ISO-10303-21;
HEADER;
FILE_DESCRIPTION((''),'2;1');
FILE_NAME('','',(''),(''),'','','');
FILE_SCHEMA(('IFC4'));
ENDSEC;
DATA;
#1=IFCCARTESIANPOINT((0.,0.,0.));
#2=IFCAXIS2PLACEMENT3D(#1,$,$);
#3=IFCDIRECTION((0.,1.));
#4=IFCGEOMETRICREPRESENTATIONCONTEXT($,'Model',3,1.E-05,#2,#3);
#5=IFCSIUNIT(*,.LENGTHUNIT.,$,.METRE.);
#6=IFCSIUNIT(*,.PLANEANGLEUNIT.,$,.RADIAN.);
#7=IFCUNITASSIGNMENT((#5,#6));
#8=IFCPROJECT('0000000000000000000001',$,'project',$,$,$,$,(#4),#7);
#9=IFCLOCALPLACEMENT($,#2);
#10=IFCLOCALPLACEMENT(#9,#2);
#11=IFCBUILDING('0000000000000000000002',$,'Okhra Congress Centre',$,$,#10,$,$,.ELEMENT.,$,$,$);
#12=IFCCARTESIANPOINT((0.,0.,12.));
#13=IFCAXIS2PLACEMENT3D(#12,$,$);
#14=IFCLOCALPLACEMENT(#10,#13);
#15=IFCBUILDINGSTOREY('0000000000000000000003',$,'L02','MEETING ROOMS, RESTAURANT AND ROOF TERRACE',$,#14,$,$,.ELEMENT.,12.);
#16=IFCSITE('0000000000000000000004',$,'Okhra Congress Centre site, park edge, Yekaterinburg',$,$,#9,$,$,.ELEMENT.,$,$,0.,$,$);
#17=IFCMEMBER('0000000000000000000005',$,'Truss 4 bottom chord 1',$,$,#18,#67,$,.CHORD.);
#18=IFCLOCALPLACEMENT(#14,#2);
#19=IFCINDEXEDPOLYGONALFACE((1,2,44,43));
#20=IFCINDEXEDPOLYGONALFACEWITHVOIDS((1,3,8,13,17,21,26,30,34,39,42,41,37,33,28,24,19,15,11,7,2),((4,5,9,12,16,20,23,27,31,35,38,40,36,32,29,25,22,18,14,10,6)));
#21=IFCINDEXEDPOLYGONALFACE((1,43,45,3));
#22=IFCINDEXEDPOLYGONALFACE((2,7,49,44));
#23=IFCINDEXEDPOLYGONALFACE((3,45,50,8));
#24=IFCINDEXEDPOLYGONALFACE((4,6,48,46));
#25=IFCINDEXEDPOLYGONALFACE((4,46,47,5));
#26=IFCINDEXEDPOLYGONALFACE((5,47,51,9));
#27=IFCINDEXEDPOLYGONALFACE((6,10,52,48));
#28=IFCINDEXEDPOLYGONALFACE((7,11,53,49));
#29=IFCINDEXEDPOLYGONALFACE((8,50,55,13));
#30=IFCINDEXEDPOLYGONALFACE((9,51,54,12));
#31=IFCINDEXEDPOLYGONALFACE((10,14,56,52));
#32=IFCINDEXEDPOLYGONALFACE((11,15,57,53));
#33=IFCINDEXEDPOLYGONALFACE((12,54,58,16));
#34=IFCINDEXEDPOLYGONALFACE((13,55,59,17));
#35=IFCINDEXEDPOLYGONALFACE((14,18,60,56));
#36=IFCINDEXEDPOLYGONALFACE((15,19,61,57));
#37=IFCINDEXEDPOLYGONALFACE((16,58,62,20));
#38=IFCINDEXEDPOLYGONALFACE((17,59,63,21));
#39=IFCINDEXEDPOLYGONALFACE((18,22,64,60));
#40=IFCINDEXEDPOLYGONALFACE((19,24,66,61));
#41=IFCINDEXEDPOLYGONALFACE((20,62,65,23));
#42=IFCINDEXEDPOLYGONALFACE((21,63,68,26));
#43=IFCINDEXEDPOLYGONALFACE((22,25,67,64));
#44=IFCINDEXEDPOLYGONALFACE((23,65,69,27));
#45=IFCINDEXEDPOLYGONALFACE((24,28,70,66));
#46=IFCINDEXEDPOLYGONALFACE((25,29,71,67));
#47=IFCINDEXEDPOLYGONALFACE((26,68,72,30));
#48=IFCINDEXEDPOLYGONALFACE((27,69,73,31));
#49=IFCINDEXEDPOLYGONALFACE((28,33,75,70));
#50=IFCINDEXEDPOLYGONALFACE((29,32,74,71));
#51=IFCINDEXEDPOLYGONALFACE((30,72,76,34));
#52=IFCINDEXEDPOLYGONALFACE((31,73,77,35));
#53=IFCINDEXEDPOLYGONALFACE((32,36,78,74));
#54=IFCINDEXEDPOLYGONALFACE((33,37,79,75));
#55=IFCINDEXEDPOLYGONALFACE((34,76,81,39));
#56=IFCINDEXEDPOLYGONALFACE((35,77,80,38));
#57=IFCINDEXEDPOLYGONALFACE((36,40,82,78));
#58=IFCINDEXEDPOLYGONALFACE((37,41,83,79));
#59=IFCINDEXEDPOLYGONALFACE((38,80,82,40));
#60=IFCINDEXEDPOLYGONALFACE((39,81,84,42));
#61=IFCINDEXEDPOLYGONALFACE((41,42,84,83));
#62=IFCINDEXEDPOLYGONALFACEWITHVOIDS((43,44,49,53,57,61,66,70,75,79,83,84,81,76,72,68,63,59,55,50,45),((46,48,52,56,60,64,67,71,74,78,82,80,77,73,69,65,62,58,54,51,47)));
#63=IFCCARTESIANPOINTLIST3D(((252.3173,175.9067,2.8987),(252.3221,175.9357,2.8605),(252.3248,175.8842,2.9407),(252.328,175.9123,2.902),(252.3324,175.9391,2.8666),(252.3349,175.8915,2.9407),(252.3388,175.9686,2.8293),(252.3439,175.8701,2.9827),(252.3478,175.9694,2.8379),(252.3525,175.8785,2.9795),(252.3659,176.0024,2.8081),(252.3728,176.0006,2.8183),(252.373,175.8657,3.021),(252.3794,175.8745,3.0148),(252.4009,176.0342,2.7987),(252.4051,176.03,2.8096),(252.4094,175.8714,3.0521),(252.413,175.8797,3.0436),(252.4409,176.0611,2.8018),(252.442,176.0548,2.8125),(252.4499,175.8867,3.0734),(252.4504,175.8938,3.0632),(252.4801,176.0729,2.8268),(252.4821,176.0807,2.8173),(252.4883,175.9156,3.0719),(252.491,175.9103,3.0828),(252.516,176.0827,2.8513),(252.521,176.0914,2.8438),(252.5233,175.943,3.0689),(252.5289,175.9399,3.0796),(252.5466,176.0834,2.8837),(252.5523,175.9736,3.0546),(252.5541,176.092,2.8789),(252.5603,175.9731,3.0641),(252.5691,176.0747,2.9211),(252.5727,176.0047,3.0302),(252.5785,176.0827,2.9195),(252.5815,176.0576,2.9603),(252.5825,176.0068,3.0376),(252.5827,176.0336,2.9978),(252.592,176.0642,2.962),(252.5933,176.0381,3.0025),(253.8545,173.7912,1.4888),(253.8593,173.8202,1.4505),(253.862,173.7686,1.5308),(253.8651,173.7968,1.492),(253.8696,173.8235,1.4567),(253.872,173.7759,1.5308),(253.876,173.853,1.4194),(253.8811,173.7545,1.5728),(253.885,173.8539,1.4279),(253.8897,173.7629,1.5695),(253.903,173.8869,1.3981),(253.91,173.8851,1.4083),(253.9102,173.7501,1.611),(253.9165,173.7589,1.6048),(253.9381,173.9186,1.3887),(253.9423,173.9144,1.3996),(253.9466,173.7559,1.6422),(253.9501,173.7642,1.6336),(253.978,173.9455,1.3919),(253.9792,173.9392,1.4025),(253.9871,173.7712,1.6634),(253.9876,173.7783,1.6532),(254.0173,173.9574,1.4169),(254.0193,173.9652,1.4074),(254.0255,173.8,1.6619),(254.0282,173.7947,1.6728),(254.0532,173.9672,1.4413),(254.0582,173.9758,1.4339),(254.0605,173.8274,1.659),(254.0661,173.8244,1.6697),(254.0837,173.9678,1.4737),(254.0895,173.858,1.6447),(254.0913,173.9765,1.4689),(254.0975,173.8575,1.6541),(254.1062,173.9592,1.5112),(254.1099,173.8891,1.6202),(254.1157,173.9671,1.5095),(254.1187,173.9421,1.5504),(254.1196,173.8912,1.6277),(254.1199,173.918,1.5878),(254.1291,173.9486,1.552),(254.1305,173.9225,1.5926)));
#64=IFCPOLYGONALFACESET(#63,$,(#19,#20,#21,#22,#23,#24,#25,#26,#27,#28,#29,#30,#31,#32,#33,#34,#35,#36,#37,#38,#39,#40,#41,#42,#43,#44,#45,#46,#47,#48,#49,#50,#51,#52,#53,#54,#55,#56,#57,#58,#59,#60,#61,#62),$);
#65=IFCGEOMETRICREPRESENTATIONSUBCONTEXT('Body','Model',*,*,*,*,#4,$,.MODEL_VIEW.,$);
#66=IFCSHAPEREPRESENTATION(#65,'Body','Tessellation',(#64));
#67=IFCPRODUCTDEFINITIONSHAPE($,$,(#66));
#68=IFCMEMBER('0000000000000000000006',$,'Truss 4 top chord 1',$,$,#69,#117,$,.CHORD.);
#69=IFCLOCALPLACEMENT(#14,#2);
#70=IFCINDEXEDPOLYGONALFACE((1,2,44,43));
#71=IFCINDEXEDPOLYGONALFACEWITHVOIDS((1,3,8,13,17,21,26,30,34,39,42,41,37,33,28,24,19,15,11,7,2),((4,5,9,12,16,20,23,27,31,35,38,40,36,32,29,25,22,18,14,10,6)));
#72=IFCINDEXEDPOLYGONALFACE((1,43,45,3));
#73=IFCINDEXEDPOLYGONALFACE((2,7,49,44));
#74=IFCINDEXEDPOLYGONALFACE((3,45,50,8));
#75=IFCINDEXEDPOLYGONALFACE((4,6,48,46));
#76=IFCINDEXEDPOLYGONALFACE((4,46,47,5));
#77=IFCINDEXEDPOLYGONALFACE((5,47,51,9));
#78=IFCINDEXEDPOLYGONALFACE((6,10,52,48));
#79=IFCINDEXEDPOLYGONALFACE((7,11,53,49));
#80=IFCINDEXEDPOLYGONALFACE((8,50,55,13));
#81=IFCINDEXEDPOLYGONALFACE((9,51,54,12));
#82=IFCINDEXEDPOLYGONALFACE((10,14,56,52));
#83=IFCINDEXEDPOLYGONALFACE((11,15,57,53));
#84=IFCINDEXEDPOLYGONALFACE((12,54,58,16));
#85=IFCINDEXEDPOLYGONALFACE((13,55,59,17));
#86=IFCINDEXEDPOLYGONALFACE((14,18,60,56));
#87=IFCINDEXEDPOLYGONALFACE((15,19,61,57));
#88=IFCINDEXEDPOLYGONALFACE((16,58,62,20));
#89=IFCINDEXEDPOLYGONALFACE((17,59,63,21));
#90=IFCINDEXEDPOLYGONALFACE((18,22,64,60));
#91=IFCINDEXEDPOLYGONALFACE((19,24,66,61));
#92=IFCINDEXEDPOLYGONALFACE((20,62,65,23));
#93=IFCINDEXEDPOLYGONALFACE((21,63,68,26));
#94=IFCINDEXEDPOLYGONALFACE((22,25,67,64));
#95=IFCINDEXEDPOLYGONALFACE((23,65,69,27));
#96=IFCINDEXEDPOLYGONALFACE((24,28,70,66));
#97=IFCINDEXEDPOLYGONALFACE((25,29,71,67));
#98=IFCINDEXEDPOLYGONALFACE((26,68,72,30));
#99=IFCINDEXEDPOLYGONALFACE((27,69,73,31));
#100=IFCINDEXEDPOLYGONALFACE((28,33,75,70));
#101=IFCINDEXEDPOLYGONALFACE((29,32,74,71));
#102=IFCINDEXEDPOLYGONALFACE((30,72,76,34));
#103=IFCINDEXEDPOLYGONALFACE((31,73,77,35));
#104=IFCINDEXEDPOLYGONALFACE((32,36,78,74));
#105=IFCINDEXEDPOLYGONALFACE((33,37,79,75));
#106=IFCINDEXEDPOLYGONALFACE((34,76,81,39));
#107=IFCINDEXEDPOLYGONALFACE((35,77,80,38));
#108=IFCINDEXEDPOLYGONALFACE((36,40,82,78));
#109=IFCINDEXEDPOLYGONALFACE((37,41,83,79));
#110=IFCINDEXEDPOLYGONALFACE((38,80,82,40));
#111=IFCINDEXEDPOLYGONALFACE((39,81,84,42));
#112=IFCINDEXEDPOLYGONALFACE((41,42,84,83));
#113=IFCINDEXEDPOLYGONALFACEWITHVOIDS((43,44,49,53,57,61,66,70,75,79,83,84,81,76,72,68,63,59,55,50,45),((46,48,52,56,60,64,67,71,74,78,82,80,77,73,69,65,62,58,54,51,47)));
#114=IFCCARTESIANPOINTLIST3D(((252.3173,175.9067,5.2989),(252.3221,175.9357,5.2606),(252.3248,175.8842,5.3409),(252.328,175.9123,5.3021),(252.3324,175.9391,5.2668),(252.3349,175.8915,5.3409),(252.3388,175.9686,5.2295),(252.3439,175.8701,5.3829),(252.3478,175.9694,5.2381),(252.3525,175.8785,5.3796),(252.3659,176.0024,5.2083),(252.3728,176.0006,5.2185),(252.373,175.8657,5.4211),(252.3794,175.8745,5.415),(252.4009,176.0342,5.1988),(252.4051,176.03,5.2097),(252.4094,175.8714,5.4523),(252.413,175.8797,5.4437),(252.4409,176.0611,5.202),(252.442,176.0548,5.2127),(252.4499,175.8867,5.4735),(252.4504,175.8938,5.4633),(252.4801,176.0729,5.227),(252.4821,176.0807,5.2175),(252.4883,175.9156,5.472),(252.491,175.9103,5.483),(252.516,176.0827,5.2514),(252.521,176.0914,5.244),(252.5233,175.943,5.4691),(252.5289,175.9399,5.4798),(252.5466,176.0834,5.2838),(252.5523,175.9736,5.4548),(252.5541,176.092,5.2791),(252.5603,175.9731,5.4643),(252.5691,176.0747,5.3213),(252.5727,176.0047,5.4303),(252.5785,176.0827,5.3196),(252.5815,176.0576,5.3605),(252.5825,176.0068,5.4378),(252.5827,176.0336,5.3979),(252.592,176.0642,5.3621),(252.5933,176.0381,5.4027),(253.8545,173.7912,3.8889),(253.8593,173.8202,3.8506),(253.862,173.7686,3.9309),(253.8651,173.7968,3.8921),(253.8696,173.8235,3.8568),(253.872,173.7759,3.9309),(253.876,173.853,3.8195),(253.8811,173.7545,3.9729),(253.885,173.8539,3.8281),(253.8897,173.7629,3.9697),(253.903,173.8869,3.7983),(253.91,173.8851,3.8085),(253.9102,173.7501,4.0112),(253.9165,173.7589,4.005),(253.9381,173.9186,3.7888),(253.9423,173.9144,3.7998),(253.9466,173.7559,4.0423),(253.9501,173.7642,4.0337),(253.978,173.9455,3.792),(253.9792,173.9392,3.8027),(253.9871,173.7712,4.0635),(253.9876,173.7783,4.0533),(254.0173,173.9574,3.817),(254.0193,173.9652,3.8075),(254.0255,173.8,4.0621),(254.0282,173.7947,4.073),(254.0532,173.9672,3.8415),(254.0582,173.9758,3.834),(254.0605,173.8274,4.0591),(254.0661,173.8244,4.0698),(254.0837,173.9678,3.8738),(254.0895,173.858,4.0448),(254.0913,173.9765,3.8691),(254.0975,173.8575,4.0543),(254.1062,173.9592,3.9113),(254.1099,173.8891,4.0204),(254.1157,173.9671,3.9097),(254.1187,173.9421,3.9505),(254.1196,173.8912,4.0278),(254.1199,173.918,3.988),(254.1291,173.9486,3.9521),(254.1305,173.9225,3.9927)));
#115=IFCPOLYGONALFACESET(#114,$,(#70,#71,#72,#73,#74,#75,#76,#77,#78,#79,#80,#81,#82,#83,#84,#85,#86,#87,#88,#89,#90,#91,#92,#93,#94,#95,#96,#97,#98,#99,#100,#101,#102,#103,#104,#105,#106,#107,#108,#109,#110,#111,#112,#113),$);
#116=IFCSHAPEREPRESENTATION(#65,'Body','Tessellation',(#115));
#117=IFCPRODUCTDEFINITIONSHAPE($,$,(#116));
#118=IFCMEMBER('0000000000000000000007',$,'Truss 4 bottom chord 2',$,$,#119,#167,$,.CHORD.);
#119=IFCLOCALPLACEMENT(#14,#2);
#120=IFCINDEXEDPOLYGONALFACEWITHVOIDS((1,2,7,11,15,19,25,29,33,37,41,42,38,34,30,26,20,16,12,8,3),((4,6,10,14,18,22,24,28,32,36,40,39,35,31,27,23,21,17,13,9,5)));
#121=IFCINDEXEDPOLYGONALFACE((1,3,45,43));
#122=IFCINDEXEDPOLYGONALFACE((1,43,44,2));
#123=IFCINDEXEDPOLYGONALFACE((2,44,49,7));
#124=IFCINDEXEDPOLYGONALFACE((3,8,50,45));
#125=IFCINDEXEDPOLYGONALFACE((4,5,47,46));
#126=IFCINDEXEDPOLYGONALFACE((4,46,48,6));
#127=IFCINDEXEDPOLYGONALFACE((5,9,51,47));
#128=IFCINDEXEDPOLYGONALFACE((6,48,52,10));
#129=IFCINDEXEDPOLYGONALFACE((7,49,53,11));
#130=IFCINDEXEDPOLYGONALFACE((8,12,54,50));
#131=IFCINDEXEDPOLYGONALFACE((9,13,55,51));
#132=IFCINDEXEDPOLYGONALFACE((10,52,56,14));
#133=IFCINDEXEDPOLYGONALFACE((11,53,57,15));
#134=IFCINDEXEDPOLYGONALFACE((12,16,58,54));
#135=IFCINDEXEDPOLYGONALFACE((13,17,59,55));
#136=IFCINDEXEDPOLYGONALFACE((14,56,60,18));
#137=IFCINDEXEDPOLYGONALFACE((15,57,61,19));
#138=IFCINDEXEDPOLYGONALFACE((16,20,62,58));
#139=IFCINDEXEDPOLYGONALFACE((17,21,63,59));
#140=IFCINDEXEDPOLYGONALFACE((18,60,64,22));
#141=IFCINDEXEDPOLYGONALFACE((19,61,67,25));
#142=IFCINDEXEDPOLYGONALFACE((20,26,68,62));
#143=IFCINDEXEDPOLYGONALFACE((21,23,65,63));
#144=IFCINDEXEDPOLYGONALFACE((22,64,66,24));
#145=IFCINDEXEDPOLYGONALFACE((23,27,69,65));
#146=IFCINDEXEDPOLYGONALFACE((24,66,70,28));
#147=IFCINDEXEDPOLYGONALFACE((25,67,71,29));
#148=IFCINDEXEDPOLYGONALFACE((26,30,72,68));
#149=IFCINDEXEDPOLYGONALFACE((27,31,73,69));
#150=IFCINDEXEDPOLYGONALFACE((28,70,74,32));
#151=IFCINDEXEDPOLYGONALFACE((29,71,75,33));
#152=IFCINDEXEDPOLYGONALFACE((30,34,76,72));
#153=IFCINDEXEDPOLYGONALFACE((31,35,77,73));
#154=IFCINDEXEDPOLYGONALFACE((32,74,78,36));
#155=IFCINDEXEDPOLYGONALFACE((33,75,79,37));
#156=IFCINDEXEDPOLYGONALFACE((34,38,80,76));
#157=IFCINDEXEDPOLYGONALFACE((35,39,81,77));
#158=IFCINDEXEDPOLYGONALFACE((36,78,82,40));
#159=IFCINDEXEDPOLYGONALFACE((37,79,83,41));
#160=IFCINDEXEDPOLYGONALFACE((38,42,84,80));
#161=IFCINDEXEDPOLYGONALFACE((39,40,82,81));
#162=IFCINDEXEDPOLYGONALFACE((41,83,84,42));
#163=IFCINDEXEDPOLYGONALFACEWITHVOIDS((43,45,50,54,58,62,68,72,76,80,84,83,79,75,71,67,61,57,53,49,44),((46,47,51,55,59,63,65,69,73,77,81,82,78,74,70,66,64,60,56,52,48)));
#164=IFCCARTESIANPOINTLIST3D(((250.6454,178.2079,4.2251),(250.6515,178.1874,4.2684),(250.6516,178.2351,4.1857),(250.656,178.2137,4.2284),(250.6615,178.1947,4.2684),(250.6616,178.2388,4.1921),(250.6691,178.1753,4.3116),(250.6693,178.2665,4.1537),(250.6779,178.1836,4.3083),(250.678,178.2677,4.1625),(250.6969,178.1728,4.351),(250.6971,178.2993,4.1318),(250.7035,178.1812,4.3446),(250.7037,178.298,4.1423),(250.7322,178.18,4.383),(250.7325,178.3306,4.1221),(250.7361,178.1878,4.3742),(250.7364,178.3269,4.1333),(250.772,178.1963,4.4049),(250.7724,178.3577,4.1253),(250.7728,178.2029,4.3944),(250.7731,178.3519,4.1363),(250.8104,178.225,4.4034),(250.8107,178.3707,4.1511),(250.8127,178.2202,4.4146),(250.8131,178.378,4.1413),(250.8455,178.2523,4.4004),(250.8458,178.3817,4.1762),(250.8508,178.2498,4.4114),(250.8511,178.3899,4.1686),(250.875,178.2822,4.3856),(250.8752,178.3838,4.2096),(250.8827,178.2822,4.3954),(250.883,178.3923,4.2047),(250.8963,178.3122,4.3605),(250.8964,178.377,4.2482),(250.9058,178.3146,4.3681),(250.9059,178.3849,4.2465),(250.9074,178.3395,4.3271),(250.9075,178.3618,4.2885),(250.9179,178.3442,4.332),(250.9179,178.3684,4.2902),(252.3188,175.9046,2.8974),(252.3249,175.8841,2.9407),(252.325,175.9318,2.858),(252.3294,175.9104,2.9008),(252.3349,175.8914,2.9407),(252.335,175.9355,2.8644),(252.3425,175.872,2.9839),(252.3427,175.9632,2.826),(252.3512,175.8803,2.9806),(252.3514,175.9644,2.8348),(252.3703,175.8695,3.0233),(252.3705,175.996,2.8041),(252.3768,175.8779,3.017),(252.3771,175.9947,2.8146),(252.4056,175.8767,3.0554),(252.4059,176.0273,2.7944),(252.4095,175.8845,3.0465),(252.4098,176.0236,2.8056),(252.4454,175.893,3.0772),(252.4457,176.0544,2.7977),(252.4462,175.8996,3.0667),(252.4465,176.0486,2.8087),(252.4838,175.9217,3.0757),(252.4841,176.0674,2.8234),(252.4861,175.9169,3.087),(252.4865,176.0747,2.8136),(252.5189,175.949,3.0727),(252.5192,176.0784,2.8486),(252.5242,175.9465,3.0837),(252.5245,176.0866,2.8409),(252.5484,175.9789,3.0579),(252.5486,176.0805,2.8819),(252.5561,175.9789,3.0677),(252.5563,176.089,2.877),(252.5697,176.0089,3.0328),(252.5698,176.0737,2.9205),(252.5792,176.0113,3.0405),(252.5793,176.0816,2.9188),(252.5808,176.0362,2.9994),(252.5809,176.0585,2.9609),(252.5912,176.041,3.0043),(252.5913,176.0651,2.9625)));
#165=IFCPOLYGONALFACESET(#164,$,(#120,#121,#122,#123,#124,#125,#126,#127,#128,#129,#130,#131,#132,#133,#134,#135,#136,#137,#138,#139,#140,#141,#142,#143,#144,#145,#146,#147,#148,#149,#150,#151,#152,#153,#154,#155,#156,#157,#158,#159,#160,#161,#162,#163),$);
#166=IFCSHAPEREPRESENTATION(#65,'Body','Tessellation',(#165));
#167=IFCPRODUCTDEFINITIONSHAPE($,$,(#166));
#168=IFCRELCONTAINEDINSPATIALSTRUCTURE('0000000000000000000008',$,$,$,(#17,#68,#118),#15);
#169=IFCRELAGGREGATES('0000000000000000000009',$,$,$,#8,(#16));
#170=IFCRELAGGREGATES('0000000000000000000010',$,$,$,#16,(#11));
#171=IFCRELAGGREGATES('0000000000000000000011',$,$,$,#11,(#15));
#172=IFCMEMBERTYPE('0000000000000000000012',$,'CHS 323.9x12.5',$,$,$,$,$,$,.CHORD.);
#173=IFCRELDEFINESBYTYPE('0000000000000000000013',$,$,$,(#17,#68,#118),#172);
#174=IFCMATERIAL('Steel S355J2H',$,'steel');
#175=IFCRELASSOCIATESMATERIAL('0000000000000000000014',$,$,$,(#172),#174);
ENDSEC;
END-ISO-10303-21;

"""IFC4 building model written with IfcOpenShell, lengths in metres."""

from ifc_helpers import new_model, si_unit, direction, frame, origin, origin_2d, place, context, subcontext, project, spatial, hollow_circle, extrude, material, material_profile, profile_set, type_object, element, save


model = new_model("IFC4")

# Units and contexts
model_context = context("Model", 3, precision=1e-05, world=origin(), true_north=direction((0.0, 1.0)))
body_context = subcontext(model_context, "Body", "Model", "MODEL_VIEW")
ifc_project = project(units=[si_unit("LENGTHUNIT", "METRE"), si_unit("PLANEANGLEUNIT", "RADIAN")], contexts=[model_context])

# Site, building, storey
site_placement = place(None, origin())
site = spatial("IfcSite", under=ifc_project, at=site_placement, Name="Okhra Congress Centre site, park edge, Yekaterinburg", CompositionType="ELEMENT", RefElevation=0.0)
building_placement = place(site_placement, origin())
building = spatial("IfcBuilding", under=site, at=building_placement, Name="Okhra Congress Centre", CompositionType="ELEMENT")
storey_placement = place(building_placement, frame((0.0, 0.0, 12.0)))
storey = spatial("IfcBuildingStorey", under=building, at=storey_placement, Name="L02", Description="MEETING ROOMS, RESTAURANT AND ROOF TERRACE", CompositionType="ELEMENT", Elevation=12.0)

# Shared definitions
ifc_material_1 = material(Name="Steel S355J2H", Category="steel")

# Members
ifc_material_profile_1 = material_profile(ifc_material_1, hollow_circle(Radius=0.1619, WallThickness=0.0125, at=origin_2d()), Name="CHS 323.9x12.5")
ifc_profile_set_1 = profile_set([ifc_material_profile_1], Name="Steel S355J2H")
member_type_1 = type_object("IfcMemberType", Name="CHS 323.9x12.5", PredefinedType="CHORD", material=ifc_profile_set_1)
for number, where, z_axis, x_axis, name in (
    (1, (253.9929, 173.8638, 1.5308), (-0.517401, 0.712084, 0.474586), (-0.808994, -0.587816, 0.0), "Truss 4 bottom chord 1"),
    (2, (253.9929, 173.8638, 3.9309), (-0.517401, 0.712084, 0.474586), (-0.808994, -0.587816, 0.0), "Truss 4 top chord 1"),
):
    element("IfcMember", number, at=place(storey_placement, frame(where, z_axis=z_axis, x_axis=x_axis)), inside=storey, type_object=member_type_1, Name=name, PredefinedType="CHORD", context=body_context, shape_type="SweptSolid", body=[
        extrude(hollow_circle(Radius=0.1619, WallThickness=0.0125, at=origin_2d()), origin(), (0.0, 0.0, 1.0), 2.9709),
    ])
member_1_placement = place(storey_placement, frame((252.4558, 175.9792, 2.9407), z_axis=(-0.532697, 0.733216, 0.422645), x_axis=(-0.809025, -0.587774, 0.0)))
element("IfcMember", 3, at=member_1_placement, inside=storey, type_object=member_type_1, Name="Truss 4 bottom chord 2", PredefinedType="CHORD", context=body_context, shape_type="SweptSolid", body=[
    extrude(hollow_circle(Radius=0.1619, WallThickness=0.0125, at=origin_2d()), origin(), (0.0, 0.0, 1.0), 3.1414),
])

save(model, "model.ifc")
